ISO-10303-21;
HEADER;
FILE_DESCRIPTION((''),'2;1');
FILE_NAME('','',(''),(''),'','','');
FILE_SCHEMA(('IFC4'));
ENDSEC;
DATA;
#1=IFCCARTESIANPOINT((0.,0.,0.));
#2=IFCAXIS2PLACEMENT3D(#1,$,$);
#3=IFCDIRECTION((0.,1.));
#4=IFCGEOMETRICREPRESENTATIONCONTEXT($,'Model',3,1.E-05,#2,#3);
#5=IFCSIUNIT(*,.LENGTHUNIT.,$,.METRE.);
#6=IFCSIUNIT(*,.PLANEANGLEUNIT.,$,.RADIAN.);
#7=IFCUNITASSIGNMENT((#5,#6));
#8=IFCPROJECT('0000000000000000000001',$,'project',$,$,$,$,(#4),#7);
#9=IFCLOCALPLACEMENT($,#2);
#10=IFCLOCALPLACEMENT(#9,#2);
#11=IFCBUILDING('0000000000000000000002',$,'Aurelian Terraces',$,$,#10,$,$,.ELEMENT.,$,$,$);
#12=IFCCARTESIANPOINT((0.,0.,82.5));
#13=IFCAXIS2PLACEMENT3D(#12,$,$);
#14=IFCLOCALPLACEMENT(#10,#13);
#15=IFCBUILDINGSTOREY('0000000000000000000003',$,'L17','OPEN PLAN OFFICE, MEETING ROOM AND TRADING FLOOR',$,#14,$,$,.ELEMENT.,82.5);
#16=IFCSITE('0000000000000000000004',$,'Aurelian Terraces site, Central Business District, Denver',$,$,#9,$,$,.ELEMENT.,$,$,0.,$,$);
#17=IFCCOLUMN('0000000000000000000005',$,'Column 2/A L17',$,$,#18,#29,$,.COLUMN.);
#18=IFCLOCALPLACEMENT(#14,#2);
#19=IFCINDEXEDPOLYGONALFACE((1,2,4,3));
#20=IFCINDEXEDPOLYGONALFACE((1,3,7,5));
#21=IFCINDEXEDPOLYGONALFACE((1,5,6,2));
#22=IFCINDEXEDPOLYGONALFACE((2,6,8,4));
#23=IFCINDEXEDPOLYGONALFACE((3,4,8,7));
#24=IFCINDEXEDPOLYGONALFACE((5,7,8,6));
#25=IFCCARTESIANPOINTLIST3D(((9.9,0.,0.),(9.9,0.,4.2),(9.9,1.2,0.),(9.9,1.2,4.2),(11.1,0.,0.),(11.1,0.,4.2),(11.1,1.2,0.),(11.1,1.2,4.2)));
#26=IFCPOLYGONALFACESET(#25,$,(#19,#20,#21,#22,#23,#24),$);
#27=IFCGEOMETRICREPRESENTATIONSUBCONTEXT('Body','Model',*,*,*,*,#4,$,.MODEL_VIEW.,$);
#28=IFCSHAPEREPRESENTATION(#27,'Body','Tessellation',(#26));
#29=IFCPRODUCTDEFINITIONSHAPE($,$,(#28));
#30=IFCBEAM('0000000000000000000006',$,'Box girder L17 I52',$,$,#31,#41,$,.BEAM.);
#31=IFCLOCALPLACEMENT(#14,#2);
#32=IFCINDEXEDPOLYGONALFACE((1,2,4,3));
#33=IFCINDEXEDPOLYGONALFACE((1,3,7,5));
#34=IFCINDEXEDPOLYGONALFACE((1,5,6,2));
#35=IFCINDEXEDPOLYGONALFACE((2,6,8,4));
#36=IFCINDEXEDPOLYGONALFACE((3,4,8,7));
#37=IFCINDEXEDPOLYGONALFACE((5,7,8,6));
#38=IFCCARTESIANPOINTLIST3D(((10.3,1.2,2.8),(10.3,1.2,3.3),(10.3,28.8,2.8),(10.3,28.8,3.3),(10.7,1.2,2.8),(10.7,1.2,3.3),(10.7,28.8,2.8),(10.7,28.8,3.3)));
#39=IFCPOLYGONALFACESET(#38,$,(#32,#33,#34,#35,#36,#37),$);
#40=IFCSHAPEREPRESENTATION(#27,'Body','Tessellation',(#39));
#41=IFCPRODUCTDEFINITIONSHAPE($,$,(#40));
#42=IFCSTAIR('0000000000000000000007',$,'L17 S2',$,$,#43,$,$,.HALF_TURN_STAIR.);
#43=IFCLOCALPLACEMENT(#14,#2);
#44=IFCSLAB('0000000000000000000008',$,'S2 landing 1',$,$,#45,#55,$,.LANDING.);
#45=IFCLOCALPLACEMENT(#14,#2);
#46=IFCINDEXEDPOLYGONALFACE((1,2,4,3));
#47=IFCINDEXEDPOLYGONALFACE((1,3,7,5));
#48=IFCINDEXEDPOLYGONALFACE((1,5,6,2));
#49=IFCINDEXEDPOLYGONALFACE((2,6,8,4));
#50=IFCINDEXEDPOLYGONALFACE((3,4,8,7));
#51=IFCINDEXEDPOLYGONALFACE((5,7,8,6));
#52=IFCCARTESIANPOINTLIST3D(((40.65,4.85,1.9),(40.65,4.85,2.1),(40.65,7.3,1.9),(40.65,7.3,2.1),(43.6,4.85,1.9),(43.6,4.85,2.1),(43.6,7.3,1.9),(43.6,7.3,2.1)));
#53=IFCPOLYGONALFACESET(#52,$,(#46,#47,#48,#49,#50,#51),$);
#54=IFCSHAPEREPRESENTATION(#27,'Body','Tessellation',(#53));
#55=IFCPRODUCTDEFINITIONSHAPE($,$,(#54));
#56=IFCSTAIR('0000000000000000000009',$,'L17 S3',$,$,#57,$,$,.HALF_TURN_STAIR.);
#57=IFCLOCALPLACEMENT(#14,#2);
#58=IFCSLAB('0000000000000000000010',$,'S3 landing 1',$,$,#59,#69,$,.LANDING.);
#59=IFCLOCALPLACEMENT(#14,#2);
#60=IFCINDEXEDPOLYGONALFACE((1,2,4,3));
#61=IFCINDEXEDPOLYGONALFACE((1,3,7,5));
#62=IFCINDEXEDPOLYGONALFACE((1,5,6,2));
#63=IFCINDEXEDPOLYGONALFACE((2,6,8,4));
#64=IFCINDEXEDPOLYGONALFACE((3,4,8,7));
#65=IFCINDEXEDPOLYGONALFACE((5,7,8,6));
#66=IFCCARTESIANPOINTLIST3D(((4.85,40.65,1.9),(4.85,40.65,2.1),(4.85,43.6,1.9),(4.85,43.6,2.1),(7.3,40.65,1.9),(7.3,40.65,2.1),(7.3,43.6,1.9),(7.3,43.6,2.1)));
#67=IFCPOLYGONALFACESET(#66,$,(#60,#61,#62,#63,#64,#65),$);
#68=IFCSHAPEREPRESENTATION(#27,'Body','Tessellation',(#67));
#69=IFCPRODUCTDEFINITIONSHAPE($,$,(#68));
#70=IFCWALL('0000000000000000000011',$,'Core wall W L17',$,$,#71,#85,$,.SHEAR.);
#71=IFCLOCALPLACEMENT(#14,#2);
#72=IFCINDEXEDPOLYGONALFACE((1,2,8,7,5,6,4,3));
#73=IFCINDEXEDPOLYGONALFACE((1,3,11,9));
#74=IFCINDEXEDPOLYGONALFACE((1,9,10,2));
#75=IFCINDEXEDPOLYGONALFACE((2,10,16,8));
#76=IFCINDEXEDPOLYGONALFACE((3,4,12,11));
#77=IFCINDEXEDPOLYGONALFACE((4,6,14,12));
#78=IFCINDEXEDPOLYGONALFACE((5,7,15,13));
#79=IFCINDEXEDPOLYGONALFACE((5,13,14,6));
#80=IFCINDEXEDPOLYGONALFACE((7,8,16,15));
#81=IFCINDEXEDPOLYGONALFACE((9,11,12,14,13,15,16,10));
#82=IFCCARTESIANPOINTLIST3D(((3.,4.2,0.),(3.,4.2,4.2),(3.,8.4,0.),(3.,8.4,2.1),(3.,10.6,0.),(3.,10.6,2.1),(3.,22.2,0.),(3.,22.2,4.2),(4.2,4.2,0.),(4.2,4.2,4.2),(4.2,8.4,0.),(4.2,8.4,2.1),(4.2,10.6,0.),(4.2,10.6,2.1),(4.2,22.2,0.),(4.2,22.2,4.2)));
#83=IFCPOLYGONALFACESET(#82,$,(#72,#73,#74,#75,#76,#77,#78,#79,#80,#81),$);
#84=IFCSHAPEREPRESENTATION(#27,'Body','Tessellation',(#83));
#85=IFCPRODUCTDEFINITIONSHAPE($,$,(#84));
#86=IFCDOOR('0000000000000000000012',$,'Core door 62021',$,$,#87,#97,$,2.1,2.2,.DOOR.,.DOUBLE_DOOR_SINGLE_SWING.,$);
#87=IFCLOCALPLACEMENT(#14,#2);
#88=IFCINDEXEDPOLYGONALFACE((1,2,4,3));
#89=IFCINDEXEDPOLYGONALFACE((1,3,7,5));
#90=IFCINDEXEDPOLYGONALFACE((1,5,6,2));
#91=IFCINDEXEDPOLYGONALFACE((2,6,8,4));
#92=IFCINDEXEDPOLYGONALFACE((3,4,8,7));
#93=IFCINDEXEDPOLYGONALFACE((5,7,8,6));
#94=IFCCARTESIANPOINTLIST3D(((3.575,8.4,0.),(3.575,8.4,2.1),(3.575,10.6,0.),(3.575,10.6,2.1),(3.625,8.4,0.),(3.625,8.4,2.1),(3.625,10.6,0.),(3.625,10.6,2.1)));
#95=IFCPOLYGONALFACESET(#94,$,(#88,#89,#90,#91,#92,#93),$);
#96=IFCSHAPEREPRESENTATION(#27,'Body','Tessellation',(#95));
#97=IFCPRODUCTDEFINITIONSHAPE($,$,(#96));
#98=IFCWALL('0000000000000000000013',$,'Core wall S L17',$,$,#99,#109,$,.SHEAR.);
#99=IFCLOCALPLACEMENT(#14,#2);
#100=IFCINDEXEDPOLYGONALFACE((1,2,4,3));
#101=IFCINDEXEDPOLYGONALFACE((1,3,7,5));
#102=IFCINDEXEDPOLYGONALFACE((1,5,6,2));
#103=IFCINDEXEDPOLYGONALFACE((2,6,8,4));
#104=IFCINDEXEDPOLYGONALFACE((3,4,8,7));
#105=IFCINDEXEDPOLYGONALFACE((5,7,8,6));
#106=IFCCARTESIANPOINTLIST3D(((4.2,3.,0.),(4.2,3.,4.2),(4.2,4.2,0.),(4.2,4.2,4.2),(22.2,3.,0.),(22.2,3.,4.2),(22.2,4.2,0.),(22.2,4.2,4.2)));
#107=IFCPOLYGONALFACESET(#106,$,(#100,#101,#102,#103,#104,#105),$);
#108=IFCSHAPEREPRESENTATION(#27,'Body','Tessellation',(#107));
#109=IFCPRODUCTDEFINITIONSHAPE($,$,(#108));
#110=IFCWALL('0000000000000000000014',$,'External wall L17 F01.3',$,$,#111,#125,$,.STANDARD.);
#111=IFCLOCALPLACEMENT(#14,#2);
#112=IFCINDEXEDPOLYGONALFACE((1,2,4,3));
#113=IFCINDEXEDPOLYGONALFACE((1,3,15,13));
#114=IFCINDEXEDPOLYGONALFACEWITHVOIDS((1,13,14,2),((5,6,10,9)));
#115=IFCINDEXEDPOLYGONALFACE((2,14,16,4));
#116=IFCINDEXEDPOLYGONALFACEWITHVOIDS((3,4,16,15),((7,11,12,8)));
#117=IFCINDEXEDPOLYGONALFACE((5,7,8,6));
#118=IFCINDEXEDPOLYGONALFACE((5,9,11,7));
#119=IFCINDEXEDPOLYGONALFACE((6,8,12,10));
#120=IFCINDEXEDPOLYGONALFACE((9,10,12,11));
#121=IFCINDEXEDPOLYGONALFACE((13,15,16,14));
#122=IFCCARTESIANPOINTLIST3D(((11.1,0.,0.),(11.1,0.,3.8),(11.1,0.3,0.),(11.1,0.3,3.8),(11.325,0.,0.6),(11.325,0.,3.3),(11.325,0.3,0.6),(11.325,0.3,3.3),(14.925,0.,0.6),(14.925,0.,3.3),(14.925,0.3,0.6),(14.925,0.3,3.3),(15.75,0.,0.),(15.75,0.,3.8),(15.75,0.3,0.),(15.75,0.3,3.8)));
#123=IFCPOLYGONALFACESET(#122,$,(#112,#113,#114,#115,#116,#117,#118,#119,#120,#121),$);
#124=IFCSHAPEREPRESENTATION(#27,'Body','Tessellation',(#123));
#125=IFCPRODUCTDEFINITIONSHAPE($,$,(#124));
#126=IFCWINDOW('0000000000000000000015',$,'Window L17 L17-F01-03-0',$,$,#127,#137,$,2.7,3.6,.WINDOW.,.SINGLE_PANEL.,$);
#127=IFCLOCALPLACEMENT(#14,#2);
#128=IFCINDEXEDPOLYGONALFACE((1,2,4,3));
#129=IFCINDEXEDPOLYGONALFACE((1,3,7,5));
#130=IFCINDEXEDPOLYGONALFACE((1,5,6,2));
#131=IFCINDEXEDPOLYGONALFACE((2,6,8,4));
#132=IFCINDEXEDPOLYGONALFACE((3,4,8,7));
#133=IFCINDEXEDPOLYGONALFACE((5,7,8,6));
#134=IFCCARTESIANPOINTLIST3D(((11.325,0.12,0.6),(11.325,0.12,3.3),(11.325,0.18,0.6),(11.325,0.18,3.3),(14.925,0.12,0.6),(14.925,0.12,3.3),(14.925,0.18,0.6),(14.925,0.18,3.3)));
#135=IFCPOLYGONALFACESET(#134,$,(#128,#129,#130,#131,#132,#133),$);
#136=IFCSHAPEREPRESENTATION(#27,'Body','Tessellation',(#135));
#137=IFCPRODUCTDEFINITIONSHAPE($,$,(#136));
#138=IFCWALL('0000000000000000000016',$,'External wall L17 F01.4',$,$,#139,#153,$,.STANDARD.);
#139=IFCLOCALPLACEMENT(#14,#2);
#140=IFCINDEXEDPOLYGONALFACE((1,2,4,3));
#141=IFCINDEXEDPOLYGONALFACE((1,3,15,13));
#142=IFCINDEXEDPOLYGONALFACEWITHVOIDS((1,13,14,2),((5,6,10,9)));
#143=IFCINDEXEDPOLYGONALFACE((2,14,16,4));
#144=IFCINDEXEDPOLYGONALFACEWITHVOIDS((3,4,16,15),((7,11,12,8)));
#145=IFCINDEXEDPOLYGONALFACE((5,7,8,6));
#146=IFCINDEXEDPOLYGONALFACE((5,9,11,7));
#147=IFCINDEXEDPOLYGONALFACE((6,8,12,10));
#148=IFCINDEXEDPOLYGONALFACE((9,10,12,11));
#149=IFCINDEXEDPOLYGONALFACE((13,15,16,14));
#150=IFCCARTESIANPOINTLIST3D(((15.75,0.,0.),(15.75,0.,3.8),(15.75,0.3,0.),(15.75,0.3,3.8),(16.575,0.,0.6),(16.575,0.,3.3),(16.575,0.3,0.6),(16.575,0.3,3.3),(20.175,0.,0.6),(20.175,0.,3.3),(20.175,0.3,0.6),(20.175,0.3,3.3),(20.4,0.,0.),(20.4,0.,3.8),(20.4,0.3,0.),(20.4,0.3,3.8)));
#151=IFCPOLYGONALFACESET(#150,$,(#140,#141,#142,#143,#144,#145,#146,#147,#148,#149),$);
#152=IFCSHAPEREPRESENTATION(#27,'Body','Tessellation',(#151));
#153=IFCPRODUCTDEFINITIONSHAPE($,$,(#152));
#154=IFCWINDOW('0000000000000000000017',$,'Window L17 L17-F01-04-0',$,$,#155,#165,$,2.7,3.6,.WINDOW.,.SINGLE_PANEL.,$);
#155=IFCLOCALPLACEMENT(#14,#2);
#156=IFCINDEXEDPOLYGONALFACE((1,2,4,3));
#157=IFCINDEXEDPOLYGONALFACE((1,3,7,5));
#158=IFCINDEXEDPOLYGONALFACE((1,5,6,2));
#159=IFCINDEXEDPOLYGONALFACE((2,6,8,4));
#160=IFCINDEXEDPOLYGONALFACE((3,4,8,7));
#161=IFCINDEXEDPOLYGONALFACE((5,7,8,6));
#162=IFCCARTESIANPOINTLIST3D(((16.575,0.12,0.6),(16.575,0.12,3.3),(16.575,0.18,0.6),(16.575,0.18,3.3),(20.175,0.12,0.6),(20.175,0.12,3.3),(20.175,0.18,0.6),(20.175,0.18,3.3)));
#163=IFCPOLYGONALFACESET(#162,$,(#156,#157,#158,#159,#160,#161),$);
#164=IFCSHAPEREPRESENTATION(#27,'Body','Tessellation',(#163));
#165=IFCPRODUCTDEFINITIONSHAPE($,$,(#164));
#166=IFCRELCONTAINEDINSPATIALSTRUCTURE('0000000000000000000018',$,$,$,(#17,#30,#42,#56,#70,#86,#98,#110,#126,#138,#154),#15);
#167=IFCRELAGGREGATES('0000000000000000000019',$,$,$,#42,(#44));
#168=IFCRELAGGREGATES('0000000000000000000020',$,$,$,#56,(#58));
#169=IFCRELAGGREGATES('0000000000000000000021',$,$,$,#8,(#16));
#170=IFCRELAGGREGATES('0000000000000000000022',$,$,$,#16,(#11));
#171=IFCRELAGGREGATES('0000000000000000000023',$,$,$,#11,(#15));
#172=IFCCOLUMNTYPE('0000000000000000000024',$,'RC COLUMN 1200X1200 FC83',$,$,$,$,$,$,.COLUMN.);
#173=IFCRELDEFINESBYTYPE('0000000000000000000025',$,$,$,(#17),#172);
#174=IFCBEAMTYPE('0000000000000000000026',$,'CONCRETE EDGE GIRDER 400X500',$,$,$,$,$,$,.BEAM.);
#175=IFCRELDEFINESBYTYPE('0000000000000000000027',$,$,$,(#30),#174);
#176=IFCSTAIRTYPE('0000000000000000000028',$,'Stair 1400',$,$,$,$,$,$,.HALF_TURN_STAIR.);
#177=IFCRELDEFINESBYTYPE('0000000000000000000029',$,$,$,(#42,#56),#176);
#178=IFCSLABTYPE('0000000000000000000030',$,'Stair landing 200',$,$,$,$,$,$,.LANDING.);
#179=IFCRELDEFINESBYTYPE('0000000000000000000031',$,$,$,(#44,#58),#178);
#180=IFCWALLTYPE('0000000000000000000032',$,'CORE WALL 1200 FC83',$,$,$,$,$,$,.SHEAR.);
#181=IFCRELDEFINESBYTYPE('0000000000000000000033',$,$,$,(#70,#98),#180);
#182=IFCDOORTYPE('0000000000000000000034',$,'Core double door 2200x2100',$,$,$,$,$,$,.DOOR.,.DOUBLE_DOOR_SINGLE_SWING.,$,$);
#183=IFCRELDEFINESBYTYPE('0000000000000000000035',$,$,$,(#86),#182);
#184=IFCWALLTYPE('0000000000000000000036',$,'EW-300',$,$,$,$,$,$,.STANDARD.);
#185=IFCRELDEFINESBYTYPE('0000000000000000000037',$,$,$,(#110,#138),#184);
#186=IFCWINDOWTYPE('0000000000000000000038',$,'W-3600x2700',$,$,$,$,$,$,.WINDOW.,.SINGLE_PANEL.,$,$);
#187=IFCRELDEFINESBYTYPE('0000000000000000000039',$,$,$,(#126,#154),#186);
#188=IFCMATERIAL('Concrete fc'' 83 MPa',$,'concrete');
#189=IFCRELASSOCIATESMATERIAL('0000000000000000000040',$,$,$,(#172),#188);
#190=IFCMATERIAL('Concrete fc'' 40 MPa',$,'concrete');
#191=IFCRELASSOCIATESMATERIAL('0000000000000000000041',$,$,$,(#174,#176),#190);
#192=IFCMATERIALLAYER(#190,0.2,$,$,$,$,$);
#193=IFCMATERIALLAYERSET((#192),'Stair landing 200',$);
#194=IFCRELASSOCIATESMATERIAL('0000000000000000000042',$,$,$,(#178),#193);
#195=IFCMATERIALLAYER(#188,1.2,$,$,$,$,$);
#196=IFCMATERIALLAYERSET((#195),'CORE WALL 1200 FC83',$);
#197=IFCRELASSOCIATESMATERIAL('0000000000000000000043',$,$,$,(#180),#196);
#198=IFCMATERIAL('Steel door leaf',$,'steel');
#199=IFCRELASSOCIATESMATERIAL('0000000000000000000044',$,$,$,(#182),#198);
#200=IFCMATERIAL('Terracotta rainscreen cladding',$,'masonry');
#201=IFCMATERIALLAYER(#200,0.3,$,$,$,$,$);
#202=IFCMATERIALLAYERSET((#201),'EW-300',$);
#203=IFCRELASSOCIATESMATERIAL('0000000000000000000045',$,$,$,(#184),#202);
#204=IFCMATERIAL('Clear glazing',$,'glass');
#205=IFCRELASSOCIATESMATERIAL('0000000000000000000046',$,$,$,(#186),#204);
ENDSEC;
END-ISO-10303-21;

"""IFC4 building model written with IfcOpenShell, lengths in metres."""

from ifc_helpers import new_model, si_unit, direction, frame, frame_2d, origin, origin_2d, place, context, subcontext, project, spatial, polyline, rectangle, outline, extrude, source, transform, mapped, material, layer, layer_set, material_profile, profile_set, type_object, element, fill, aggregate, save


model = new_model("IFC4")

# Units and contexts
model_context = context("Model", 3, precision=1e-05, world=origin(), true_north=direction((0.0, 1.0)))
body_context = subcontext(model_context, "Body", "Model", "MODEL_VIEW")
ifc_project = project(units=[si_unit("LENGTHUNIT", "METRE"), si_unit("PLANEANGLEUNIT", "RADIAN")], contexts=[model_context])

# Site, building, storey
site_placement = place(None, origin())
site = spatial("IfcSite", under=ifc_project, at=site_placement, Name="Aurelian Terraces site, Central Business District, Denver", CompositionType="ELEMENT", RefElevation=0.0)
building_placement = place(site_placement, origin())
building = spatial("IfcBuilding", under=site, at=building_placement, Name="Aurelian Terraces", CompositionType="ELEMENT")
storey_placement = place(building_placement, frame((0.0, 0.0, 82.5)))
storey = spatial("IfcBuildingStorey", under=building, at=storey_placement, Name="L17", Description="OPEN PLAN OFFICE, MEETING ROOM AND TRADING FLOOR", CompositionType="ELEMENT", Elevation=82.5)

# Column
ifc_material_1 = material(Name="Concrete fc' 83 MPa", Category="concrete")
ifc_material_profile_1 = material_profile(ifc_material_1, rectangle(XDim=1.2, YDim=1.2, at=origin_2d()))
ifc_profile_set_1 = profile_set([ifc_material_profile_1], Name="Concrete fc' 83 MPa")
column_type = type_object("IfcColumnType", Name="RC COLUMN 1200X1200 FC83", PredefinedType="COLUMN", material=ifc_profile_set_1)
shared_shape_1 = source(origin(), body_context, "Body", "SweptSolid", [
    extrude(rectangle(XDim=1.2, YDim=1.2, at=origin_2d()), origin(), (0.0, 0.0, 1.0), 4.2),
])
column_placement = place(storey_placement, frame((10.5, 0.6, 0.0), z_axis=(0.0, 0.0, 1.0), x_axis=(1.0, 0.0, 0.0)))
element("IfcColumn", 1, at=column_placement, inside=storey, type_object=column_type, Name="Column 2/A L17", PredefinedType="COLUMN", context=body_context, shape_type="MappedRepresentation", body=[
    mapped(shared_shape_1, transform((0.0, 0.0, 0.0), scale=1.0)),
])

# Beam
ifc_material_2 = material(Name="Concrete fc' 40 MPa", Category="concrete")
ifc_material_profile_2 = material_profile(ifc_material_2, rectangle(XDim=0.4, YDim=0.5, at=origin_2d()))
ifc_profile_set_2 = profile_set([ifc_material_profile_2], Name="Concrete fc' 40 MPa")
beam_type = type_object("IfcBeamType", Name="CONCRETE EDGE GIRDER 400X500", PredefinedType="BEAM", material=ifc_profile_set_2)
shared_shape_2 = source(origin(), body_context, "Body", "SweptSolid", [
    extrude(rectangle(XDim=0.4, YDim=0.5, at=origin_2d()), origin(), (0.0, 0.0, 1.0), 27.6),
])
beam_placement = place(storey_placement, frame((10.5, 1.2, 3.05), z_axis=(0.0, 1.0, 0.0), x_axis=(-1.0, 0.0, 0.0)))
element("IfcBeam", 2, at=beam_placement, inside=storey, type_object=beam_type, Name="Box girder L17 I52", PredefinedType="BEAM", context=body_context, shape_type="MappedRepresentation", body=[
    mapped(shared_shape_2, transform((0.0, 0.0, 0.0), scale=1.0)),
])

# Stairs, slabs
stair_type = type_object("IfcStairType", Name="Stair 1400", PredefinedType="HALF_TURN_STAIR", material=ifc_material_2)
stair_1_placement = place(storey_placement, origin())
stair_1 = element("IfcStair", 3, at=stair_1_placement, inside=storey, type_object=stair_type, Name="L17 S2", PredefinedType="HALF_TURN_STAIR")
ifc_layer_1 = layer(ifc_material_2, 0.2)
ifc_layer_set_1 = layer_set([ifc_layer_1], Name="Stair landing 200")
slab_type = type_object("IfcSlabType", Name="Stair landing 200", PredefinedType="LANDING", material=ifc_layer_set_1)
shared_shape_3 = source(origin(), body_context, "Body", "SweptSolid", [
    extrude(outline(polyline([(43.6, 4.85), (43.6, 7.3), (40.65, 7.3), (40.65, 4.85), (43.6, 4.85)])), origin(), (0.0, 0.0, 1.0), 0.2),
])
slab_1_placement = place(storey_placement, frame((0.0, 0.0, 1.9)))
slab_1 = element("IfcSlab", 4, at=slab_1_placement, type_object=slab_type, Name="S2 landing 1", PredefinedType="LANDING", context=body_context, shape_type="MappedRepresentation", body=[
    mapped(shared_shape_3, transform((0.0, 0.0, 0.0), scale=1.0)),
])
aggregate(stair_1, [slab_1])
stair_2_placement = place(storey_placement, origin())
stair_2 = element("IfcStair", 5, at=stair_2_placement, inside=storey, type_object=stair_type, Name="L17 S3", PredefinedType="HALF_TURN_STAIR")
shared_shape_4 = source(origin(), body_context, "Body", "SweptSolid", [
    extrude(outline(polyline([(4.85, 40.65), (7.3, 40.65), (7.3, 43.6), (4.85, 43.6), (4.85, 40.65)])), origin(), (0.0, 0.0, 1.0), 0.2),
])
slab_2_placement = place(storey_placement, frame((0.0, 0.0, 1.9)))
slab_2 = element("IfcSlab", 6, at=slab_2_placement, type_object=slab_type, Name="S3 landing 1", PredefinedType="LANDING", context=body_context, shape_type="MappedRepresentation", body=[
    mapped(shared_shape_4, transform((0.0, 0.0, 0.0), scale=1.0)),
])
aggregate(stair_2, [slab_2])

# Wall, opening, door
ifc_layer_2 = layer(ifc_material_1, 1.2)
ifc_layer_set_2 = layer_set([ifc_layer_2], Name="CORE WALL 1200 FC83")
wall_type_1 = type_object("IfcWallType", Name="CORE WALL 1200 FC83", PredefinedType="SHEAR", material=ifc_layer_set_2)
shared_shape_5 = source(origin(), body_context, "Body", "SweptSolid", [
    extrude(rectangle(XDim=18.0, YDim=1.2, at=frame_2d((9.0, 0.0))), origin(), (0.0, 0.0, 1.0), 4.2),
])
wall_1_placement = place(storey_placement, frame((3.6, 4.2, 0.0), z_axis=(0.0, 0.0, 1.0), x_axis=(0.0, 1.0, 0.0)))
wall_1 = element("IfcWall", 7, at=wall_1_placement, inside=storey, type_object=wall_type_1, Name="Core wall W L17", PredefinedType="SHEAR", context=body_context, shape_type="MappedRepresentation", body=[
    mapped(shared_shape_5, transform((0.0, 0.0, 0.0), scale=1.0)),
])
shared_shape_6 = source(origin(), body_context, "Body", "SweptSolid", [
    extrude(rectangle(XDim=2.2, YDim=2.1, at=frame_2d((1.1, 1.05))), frame((0.0, 0.61, 0.0), z_axis=(0.0, -1.0, 0.0), x_axis=(1.0, 0.0, 0.0)), (0.0, 0.0, 1.0), 1.22),
])
opening_1_placement = place(wall_1_placement, frame((4.2, 0.0, 0.0)))
opening_1 = element("IfcOpeningElement", 8, at=opening_1_placement, cuts=wall_1, PredefinedType="OPENING", context=body_context, shape_type="MappedRepresentation", body=[
    mapped(shared_shape_6, transform((0.0, 0.0, 0.0), scale=1.0)),
])
ifc_material_3 = material(Name="Steel door leaf", Category="steel")
door_type = type_object("IfcDoorType", Name="Core double door 2200x2100", OperationType="DOUBLE_DOOR_SINGLE_SWING", PredefinedType="DOOR", material=ifc_material_3)
shared_shape_7 = source(origin(), body_context, "Body", "SweptSolid", [
    extrude(rectangle(XDim=2.2, YDim=2.1, at=frame_2d((1.1, 1.05))), frame((0.0, 0.025, 0.0), z_axis=(0.0, -1.0, 0.0), x_axis=(1.0, 0.0, 0.0)), (0.0, 0.0, 1.0), 0.05),
])
door_placement = place(opening_1_placement, origin())
door = element("IfcDoor", 9, at=door_placement, inside=storey, type_object=door_type, Name="Core door 62021", OperationType="DOUBLE_DOOR_SINGLE_SWING", OverallHeight=2.1, OverallWidth=2.2, PredefinedType="DOOR", context=body_context, shape_type="MappedRepresentation", body=[
    mapped(shared_shape_7, transform((0.0, 0.0, 0.0), scale=1.0)),
])
fill(opening_1, door)

# Wall
wall_2_placement = place(storey_placement, frame((4.2, 3.6, 0.0), z_axis=(0.0, 0.0, 1.0), x_axis=(1.0, 0.0, 0.0)))
element("IfcWall", 10, at=wall_2_placement, inside=storey, type_object=wall_type_1, Name="Core wall S L17", PredefinedType="SHEAR", context=body_context, shape_type="MappedRepresentation", body=[
    mapped(shared_shape_5, transform((0.0, 0.0, 0.0), scale=1.0)),
])

# Walls, openings, windows
ifc_material_4 = material(Name="Terracotta rainscreen cladding", Category="masonry")
ifc_layer_3 = layer(ifc_material_4, 0.3)
ifc_layer_set_3 = layer_set([ifc_layer_3], Name="EW-300")
wall_type_2 = type_object("IfcWallType", Name="EW-300", PredefinedType="STANDARD", material=ifc_layer_set_3)
shared_shape_8 = source(origin(), body_context, "Body", "SweptSolid", [
    extrude(rectangle(XDim=4.65, YDim=0.3, at=frame_2d((2.325, 0.0))), origin(), (0.0, 0.0, 1.0), 3.8),
])
wall_3_placement = place(storey_placement, frame((11.1, 0.15, 0.0), z_axis=(0.0, 0.0, 1.0), x_axis=(1.0, 0.0, 0.0)))
wall_3 = element("IfcWall", 11, at=wall_3_placement, inside=storey, type_object=wall_type_2, Name="External wall L17 F01.3", PredefinedType="STANDARD", context=body_context, shape_type="MappedRepresentation", body=[
    mapped(shared_shape_8, transform((0.0, 0.0, 0.0), scale=1.0)),
])
shared_shape_9 = source(origin(), body_context, "Body", "SweptSolid", [
    extrude(rectangle(XDim=3.6, YDim=2.7, at=frame_2d((1.8, 1.35))), frame((0.0, 0.16, 0.0), z_axis=(0.0, -1.0, 0.0), x_axis=(1.0, 0.0, 0.0)), (0.0, 0.0, 1.0), 0.32),
])
opening_2_placement = place(wall_3_placement, frame((0.225, 0.0, 0.6)))
opening_2 = element("IfcOpeningElement", 12, at=opening_2_placement, cuts=wall_3, PredefinedType="OPENING", context=body_context, shape_type="MappedRepresentation", body=[
    mapped(shared_shape_9, transform((0.0, 0.0, 0.0), scale=1.0)),
])
ifc_material_5 = material(Name="Clear glazing", Category="glass")
window_type_1 = type_object("IfcWindowType", Name="W-3600x2700", PartitioningType="SINGLE_PANEL", PredefinedType="WINDOW", material=ifc_material_5)
shared_shape_10 = source(origin(), body_context, "Body", "SweptSolid", [
    extrude(rectangle(XDim=3.6, YDim=2.7, at=frame_2d((1.8, 1.35))), frame((0.0, 0.03, 0.0), z_axis=(0.0, -1.0, 0.0), x_axis=(1.0, 0.0, 0.0)), (0.0, 0.0, 1.0), 0.06),
])
window_1_placement = place(opening_2_placement, origin())
window_1 = element("IfcWindow", 13, at=window_1_placement, inside=storey, type_object=window_type_1, Name="Window L17 L17-F01-03-0", OverallHeight=2.7, OverallWidth=3.6, PartitioningType="SINGLE_PANEL", PredefinedType="WINDOW", context=body_context, shape_type="MappedRepresentation", body=[
    mapped(shared_shape_10, transform((0.0, 0.0, 0.0), scale=1.0)),
])
fill(opening_2, window_1)
wall_4_placement = place(storey_placement, frame((15.75, 0.15, 0.0), z_axis=(0.0, 0.0, 1.0), x_axis=(1.0, 0.0, 0.0)))
wall_4 = element("IfcWall", 14, at=wall_4_placement, inside=storey, type_object=wall_type_2, Name="External wall L17 F01.4", PredefinedType="STANDARD", context=body_context, shape_type="MappedRepresentation", body=[
    mapped(shared_shape_8, transform((0.0, 0.0, 0.0), scale=1.0)),
])
opening_3_placement = place(wall_4_placement, frame((0.825, 0.0, 0.6)))
opening_3 = element("IfcOpeningElement", 15, at=opening_3_placement, cuts=wall_4, PredefinedType="OPENING", context=body_context, shape_type="MappedRepresentation", body=[
    mapped(shared_shape_9, transform((0.0, 0.0, 0.0), scale=1.0)),
])
window_2_placement = place(opening_3_placement, origin())
window_2 = element("IfcWindow", 16, at=window_2_placement, inside=storey, type_object=window_type_1, Name="Window L17 L17-F01-04-0", OverallHeight=2.7, OverallWidth=3.6, PartitioningType="SINGLE_PANEL", PredefinedType="WINDOW", context=body_context, shape_type="MappedRepresentation", body=[
    mapped(shared_shape_10, transform((0.0, 0.0, 0.0), scale=1.0)),
])
fill(opening_3, window_2)

save(model, "model.ifc")
